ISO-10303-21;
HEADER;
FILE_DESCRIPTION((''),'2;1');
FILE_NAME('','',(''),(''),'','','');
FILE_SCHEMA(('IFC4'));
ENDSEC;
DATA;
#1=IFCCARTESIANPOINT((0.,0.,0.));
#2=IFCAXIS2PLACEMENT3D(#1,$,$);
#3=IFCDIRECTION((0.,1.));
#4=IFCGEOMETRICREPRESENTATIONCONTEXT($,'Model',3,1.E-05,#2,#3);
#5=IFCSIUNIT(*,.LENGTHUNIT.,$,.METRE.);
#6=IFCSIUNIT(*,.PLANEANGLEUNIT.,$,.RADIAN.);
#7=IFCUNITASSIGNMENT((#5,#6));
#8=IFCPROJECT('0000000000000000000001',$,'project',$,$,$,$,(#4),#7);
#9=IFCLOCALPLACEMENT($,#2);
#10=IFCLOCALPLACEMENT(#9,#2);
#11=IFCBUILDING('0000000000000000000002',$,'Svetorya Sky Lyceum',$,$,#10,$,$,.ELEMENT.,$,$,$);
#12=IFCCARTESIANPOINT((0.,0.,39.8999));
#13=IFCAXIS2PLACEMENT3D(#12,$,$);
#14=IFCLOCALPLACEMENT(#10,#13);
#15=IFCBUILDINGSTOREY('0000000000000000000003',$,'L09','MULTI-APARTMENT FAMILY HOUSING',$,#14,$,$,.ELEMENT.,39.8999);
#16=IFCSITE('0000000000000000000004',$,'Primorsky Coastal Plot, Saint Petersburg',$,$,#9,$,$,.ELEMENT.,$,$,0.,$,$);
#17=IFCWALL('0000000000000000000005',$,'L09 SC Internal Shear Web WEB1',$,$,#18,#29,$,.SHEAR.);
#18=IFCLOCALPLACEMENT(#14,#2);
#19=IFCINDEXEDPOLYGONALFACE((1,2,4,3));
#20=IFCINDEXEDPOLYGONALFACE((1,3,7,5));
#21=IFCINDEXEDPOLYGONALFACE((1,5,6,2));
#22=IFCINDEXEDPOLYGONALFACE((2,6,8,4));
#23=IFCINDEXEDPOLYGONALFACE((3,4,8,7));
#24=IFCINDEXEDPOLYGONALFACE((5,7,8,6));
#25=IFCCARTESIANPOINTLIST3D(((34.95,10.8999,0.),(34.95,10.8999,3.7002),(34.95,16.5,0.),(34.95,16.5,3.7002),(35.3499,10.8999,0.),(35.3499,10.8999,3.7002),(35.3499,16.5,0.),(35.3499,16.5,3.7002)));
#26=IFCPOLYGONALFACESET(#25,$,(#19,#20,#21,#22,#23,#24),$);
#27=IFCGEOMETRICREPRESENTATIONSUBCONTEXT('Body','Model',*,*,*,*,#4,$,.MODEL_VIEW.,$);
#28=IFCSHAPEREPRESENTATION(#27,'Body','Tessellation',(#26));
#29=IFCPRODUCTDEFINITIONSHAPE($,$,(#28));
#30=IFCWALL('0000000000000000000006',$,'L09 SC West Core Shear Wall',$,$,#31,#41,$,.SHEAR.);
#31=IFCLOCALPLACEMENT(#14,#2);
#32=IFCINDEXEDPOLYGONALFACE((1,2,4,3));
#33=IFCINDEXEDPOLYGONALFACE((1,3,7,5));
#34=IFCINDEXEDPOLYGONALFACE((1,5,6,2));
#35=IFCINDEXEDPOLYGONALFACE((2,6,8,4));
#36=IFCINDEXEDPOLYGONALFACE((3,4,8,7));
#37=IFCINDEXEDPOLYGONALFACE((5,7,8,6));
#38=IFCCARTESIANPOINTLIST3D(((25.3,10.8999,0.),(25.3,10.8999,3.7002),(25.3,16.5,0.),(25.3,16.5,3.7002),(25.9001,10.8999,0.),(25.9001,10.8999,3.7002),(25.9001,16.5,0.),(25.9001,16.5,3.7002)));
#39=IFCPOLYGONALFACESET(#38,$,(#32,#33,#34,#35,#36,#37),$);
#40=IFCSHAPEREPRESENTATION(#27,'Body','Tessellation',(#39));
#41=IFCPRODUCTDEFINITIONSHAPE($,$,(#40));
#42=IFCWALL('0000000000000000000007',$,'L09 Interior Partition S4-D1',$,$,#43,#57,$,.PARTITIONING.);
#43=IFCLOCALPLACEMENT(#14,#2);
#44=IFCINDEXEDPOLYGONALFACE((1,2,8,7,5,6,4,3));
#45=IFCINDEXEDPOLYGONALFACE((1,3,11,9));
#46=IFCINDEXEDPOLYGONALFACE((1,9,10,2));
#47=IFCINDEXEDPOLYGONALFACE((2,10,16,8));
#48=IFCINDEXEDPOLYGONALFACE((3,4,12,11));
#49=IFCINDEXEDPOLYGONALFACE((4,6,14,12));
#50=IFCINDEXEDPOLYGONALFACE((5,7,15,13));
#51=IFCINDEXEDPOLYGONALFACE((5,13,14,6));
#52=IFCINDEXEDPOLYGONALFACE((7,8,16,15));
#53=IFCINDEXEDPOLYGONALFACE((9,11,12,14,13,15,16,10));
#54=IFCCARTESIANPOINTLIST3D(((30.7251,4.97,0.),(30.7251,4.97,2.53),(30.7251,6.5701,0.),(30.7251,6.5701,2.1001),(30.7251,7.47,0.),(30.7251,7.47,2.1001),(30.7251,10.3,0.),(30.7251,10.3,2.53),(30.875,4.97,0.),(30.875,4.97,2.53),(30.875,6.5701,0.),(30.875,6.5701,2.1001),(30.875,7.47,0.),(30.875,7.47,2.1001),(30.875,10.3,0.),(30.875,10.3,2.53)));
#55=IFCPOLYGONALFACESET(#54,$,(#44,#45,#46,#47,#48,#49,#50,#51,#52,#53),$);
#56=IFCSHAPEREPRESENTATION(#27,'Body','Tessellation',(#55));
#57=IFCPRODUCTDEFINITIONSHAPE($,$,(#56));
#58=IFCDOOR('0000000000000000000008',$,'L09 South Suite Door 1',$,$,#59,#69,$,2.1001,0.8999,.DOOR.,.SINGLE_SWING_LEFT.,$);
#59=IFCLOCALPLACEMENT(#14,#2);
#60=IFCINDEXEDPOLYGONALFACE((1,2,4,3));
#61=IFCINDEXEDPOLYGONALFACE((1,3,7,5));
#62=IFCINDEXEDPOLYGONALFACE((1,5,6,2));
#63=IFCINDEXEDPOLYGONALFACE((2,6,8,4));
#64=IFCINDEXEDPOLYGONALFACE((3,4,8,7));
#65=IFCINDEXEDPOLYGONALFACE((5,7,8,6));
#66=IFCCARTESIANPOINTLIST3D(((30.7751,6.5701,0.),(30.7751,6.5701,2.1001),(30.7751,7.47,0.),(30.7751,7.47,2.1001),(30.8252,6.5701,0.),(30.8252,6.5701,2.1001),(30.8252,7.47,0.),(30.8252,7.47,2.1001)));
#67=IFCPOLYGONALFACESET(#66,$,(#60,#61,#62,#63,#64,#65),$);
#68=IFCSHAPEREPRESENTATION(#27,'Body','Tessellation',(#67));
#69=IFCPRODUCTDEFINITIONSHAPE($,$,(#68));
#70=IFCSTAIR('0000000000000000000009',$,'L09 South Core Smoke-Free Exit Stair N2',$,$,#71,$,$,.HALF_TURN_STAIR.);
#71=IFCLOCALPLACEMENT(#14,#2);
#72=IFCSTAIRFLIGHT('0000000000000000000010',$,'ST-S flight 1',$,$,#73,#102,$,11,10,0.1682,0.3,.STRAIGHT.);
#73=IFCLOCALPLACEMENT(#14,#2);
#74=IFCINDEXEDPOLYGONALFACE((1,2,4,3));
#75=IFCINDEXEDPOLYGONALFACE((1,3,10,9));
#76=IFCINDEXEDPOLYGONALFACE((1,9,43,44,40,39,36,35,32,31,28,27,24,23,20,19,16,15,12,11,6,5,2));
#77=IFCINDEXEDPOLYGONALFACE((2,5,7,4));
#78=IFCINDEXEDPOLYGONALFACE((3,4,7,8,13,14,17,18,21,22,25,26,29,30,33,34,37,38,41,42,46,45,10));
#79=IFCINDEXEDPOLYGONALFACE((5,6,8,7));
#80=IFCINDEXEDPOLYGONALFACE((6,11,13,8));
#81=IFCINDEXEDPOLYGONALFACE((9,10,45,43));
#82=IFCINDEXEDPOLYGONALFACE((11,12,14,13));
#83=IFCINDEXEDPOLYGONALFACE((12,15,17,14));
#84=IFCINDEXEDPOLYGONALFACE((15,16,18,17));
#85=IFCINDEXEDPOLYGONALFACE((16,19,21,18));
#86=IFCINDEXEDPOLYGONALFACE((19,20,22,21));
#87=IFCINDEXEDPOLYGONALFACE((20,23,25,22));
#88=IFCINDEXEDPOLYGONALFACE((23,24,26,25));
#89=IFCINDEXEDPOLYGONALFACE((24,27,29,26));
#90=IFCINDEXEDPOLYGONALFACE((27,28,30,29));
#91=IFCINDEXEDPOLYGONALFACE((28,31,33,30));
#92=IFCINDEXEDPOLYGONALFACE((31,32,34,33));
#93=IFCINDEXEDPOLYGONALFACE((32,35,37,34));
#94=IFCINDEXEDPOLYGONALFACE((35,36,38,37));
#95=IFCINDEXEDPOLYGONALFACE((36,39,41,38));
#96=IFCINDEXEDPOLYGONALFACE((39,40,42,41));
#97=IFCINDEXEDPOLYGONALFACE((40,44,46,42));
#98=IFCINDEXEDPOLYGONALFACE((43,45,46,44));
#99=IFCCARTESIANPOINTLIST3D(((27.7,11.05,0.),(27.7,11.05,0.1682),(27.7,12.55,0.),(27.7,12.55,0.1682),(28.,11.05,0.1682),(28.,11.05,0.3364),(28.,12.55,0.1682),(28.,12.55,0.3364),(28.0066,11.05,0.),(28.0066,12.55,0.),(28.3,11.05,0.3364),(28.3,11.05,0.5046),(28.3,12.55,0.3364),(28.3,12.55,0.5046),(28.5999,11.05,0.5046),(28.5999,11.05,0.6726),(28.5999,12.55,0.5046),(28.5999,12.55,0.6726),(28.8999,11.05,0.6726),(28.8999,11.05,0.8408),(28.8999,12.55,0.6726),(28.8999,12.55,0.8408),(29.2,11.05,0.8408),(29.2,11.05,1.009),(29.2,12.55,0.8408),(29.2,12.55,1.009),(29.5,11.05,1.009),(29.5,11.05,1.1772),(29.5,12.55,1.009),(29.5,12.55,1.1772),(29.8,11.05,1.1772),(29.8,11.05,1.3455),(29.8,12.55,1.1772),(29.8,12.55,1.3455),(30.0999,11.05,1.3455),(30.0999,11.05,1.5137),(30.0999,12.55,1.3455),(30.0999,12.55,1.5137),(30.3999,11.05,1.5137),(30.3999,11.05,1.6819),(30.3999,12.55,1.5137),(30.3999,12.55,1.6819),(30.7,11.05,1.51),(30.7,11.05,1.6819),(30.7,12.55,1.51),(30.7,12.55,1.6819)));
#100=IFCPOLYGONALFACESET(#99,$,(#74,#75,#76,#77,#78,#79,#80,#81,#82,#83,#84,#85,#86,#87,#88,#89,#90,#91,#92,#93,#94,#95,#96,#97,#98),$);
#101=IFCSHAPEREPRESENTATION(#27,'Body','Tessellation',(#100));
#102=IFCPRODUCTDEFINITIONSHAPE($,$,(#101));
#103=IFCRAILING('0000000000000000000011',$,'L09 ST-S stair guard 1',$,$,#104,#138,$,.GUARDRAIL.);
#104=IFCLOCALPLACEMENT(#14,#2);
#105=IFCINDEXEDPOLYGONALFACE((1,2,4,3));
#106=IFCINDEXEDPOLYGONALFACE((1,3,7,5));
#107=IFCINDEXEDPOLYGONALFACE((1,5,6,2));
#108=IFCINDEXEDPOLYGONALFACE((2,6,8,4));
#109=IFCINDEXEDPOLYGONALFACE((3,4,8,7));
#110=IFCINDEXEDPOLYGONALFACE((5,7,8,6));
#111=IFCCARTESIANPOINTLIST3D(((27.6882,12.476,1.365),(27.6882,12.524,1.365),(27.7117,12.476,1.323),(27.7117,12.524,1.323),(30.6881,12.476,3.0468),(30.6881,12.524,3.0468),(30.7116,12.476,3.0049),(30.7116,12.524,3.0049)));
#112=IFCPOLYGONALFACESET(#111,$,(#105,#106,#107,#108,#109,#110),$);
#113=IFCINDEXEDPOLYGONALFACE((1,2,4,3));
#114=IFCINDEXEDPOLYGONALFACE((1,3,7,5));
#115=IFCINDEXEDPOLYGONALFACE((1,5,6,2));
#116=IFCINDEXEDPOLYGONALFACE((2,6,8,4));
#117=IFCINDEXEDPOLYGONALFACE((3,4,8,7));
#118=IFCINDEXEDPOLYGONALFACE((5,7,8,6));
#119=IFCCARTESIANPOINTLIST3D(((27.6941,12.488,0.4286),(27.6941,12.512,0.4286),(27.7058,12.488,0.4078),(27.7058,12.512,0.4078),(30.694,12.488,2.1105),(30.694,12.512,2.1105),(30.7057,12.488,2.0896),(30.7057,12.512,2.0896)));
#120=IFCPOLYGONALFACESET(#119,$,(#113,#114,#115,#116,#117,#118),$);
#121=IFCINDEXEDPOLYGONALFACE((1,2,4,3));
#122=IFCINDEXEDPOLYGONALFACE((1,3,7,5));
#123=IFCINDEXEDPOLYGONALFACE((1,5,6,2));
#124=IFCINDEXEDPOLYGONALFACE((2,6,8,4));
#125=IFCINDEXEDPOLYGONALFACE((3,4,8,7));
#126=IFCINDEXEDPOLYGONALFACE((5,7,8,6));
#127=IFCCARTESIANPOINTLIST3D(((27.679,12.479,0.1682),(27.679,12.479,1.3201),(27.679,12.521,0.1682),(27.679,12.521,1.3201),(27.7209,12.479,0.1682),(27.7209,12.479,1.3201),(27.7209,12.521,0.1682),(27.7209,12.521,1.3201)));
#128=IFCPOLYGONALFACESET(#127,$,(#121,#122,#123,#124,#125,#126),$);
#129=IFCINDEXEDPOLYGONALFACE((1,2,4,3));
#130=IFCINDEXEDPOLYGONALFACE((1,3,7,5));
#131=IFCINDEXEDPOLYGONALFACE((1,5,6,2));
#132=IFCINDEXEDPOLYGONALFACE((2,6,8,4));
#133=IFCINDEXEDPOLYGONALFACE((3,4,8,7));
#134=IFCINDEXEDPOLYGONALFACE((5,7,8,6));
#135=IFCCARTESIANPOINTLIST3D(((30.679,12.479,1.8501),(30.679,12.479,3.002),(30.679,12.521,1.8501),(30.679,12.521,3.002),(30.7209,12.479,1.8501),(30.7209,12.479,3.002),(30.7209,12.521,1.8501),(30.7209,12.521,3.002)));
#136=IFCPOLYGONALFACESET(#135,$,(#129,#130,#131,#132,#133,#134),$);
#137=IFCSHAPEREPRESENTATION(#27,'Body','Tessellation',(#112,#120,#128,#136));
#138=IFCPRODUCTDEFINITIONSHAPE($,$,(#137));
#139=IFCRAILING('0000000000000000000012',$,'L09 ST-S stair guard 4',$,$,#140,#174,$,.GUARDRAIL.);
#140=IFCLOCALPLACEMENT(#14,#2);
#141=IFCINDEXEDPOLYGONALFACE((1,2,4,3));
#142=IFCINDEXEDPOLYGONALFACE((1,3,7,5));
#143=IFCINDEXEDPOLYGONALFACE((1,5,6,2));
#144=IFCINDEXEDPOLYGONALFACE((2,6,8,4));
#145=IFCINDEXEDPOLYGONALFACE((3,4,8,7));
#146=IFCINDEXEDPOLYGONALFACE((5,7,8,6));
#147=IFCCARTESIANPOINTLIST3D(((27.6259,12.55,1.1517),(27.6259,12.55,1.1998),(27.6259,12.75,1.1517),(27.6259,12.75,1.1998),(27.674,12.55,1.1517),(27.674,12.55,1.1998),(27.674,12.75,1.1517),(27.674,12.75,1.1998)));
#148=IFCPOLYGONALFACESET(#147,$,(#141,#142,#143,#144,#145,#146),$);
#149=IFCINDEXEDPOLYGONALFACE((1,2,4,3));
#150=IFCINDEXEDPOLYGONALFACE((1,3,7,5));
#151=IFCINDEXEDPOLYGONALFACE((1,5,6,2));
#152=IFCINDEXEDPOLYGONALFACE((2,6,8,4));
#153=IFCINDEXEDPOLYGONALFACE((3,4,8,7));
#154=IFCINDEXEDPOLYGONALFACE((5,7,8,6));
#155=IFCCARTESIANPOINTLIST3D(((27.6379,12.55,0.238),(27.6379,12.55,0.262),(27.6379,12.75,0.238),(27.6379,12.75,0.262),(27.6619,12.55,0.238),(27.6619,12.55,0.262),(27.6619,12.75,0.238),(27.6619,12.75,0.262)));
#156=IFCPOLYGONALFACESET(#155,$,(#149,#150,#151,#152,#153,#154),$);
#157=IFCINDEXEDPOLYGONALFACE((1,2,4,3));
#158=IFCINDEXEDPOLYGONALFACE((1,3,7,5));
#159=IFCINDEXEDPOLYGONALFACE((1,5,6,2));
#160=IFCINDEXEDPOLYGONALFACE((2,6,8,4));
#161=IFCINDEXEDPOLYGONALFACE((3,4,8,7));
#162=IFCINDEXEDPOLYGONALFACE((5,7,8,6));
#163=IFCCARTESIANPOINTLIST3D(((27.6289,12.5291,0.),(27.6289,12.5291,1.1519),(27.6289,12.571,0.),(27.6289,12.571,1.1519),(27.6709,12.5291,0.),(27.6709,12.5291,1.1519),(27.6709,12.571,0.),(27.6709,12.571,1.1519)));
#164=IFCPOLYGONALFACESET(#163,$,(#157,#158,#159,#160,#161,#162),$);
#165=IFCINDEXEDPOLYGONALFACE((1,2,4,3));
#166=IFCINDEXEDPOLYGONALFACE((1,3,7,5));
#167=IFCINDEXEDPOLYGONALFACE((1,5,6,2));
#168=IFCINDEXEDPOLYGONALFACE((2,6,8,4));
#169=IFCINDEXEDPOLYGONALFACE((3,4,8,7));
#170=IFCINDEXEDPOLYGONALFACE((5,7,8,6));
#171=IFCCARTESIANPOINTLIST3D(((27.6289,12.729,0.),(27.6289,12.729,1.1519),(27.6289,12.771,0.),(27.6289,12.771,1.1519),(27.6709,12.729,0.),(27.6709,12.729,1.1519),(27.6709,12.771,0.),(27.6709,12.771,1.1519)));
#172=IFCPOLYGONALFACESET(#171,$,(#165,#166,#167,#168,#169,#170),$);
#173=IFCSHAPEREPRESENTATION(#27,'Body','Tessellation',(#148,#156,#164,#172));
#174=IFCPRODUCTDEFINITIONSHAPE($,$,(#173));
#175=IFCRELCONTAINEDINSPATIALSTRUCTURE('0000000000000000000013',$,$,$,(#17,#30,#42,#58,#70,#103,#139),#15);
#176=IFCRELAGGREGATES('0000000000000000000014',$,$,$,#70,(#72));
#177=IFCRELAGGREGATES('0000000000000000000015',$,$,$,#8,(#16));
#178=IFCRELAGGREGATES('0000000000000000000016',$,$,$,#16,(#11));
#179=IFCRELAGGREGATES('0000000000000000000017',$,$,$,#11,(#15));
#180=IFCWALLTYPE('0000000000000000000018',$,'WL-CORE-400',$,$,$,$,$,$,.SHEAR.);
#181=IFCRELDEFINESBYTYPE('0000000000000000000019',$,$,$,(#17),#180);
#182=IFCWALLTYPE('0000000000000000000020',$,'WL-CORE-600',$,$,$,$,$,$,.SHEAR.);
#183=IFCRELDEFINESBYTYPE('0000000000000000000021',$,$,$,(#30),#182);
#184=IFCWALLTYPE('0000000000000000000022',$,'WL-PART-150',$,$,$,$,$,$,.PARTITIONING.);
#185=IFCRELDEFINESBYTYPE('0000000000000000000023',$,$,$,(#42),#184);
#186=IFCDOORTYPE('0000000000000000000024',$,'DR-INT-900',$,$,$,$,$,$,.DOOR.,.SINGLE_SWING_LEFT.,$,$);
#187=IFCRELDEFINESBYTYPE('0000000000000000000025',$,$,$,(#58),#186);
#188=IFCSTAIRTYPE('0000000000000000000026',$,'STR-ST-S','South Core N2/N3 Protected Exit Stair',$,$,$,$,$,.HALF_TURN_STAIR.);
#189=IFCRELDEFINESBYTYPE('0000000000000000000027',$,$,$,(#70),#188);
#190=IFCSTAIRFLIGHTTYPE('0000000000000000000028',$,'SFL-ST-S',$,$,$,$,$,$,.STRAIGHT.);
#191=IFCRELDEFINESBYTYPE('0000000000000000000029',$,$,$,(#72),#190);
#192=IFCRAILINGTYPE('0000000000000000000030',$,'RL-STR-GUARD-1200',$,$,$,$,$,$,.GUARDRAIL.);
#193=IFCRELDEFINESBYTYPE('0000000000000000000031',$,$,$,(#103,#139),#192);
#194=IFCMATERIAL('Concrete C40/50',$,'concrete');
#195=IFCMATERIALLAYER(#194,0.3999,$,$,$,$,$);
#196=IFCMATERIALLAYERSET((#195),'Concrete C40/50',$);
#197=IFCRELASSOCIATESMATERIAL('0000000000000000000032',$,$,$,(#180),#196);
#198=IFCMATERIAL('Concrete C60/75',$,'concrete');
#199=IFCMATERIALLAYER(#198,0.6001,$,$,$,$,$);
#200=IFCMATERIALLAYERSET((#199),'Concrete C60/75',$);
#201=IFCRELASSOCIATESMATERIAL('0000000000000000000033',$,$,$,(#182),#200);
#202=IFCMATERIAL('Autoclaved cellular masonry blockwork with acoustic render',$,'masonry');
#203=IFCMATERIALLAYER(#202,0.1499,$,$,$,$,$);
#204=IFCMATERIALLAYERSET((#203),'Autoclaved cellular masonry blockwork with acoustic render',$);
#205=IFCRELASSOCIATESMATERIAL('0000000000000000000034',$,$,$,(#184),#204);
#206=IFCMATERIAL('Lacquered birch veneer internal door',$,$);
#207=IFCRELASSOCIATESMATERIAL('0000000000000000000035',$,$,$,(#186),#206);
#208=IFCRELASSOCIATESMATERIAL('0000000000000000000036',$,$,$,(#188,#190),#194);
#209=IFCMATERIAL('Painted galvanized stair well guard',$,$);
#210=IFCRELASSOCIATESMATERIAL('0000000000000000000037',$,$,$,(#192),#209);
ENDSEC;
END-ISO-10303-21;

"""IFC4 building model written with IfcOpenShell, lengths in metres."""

from ifc_helpers import new_model, si_unit, direction, frame, frame_2d, origin, origin_2d, place, context, subcontext, project, spatial, polyline, rectangle, outline, extrude, material, layer, layer_set, type_object, element, fill, aggregate, save


model = new_model("IFC4")

# Units and contexts
model_context = context("Model", 3, precision=1e-05, world=origin(), true_north=direction((0.0, 1.0)))
body_context = subcontext(model_context, "Body", "Model", "MODEL_VIEW")
ifc_project = project(units=[si_unit("LENGTHUNIT", "METRE"), si_unit("PLANEANGLEUNIT", "RADIAN")], contexts=[model_context])

# Site, building, storey
site_placement = place(None, origin())
site = spatial("IfcSite", under=ifc_project, at=site_placement, Name="Primorsky Coastal Plot, Saint Petersburg", CompositionType="ELEMENT", RefElevation=0.0)
building_placement = place(site_placement, origin())
building = spatial("IfcBuilding", under=site, at=building_placement, Name="Svetorya Sky Lyceum", CompositionType="ELEMENT")
storey_placement = place(building_placement, frame((0.0, 0.0, 39.8999)))
storey = spatial("IfcBuildingStorey", under=building, at=storey_placement, Name="L09", Description="MULTI-APARTMENT FAMILY HOUSING", CompositionType="ELEMENT", Elevation=39.8999)

# Shared definitions
ifc_material_1 = material(Name="Concrete C60/75", Category="concrete")

# Walls
ifc_material_2 = material(Name="Concrete C40/50", Category="concrete")
ifc_layer_1 = layer(ifc_material_2, 0.3999)
ifc_layer_set_1 = layer_set([ifc_layer_1], Name="Concrete C40/50")
wall_type_1 = type_object("IfcWallType", Name="WL-CORE-400", PredefinedType="SHEAR", material=ifc_layer_set_1)
wall_1_placement = place(storey_placement, frame((35.1499, 10.8999, 0.0), z_axis=(0.0, 0.0, 1.0), x_axis=(0.0, 1.0, 0.0)))
element("IfcWall", 1, at=wall_1_placement, inside=storey, type_object=wall_type_1, Name="L09 SC Internal Shear Web WEB1", PredefinedType="SHEAR", context=body_context, shape_type="SweptSolid", body=[
    extrude(rectangle(XDim=5.6001, YDim=0.3999, at=frame_2d((2.8, 0.0))), origin(), (0.0, 0.0, 1.0), 3.7002),
])
ifc_layer_2 = layer(ifc_material_1, 0.6001)
ifc_layer_set_2 = layer_set([ifc_layer_2], Name="Concrete C60/75")
wall_type_2 = type_object("IfcWallType", Name="WL-CORE-600", PredefinedType="SHEAR", material=ifc_layer_set_2)
wall_2_placement = place(storey_placement, frame((25.6001, 10.8999, 0.0), z_axis=(0.0, 0.0, 1.0), x_axis=(0.0, 1.0, 0.0)))
element("IfcWall", 2, at=wall_2_placement, inside=storey, type_object=wall_type_2, Name="L09 SC West Core Shear Wall", PredefinedType="SHEAR", context=body_context, shape_type="SweptSolid", body=[
    extrude(rectangle(XDim=5.6001, YDim=0.6001, at=frame_2d((2.8, 0.0))), origin(), (0.0, 0.0, 1.0), 3.7002),
])

# Wall, opening, door
ifc_material_3 = material(Name="Autoclaved cellular masonry blockwork with acoustic render", Category="masonry")
ifc_layer_3 = layer(ifc_material_3, 0.1499)
ifc_layer_set_3 = layer_set([ifc_layer_3], Name="Autoclaved cellular masonry blockwork with acoustic render")
wall_type_3 = type_object("IfcWallType", Name="WL-PART-150", PredefinedType="PARTITIONING", material=ifc_layer_set_3)
wall_3_placement = place(storey_placement, frame((30.8, 4.97, 0.0), z_axis=(0.0, 0.0, 1.0), x_axis=(0.0, 1.0, 0.0)))
wall_3 = element("IfcWall", 3, at=wall_3_placement, inside=storey, type_object=wall_type_3, Name="L09 Interior Partition S4-D1", PredefinedType="PARTITIONING", context=body_context, shape_type="SweptSolid", body=[
    extrude(rectangle(XDim=5.3301, YDim=0.1499, at=frame_2d((2.665, 0.0))), origin(), (0.0, 0.0, 1.0), 2.53),
])
opening_placement = place(wall_3_placement, frame((1.6001, 0.0, 0.0)))
opening = element("IfcOpeningElement", 4, at=opening_placement, cuts=wall_3, PredefinedType="OPENING", context=body_context, shape_type="SweptSolid", body=[
    extrude(rectangle(XDim=0.8999, YDim=2.1001, at=frame_2d((0.45, 1.05))), frame((0.0, 0.085, 0.0), z_axis=(0.0, -1.0, 0.0), x_axis=(1.0, 0.0, 0.0)), (0.0, 0.0, 1.0), 0.1699),
])
ifc_material_4 = material(Name="Lacquered birch veneer internal door")
door_type = type_object("IfcDoorType", Name="DR-INT-900", OperationType="SINGLE_SWING_LEFT", PredefinedType="DOOR", material=ifc_material_4)
door_placement = place(opening_placement, origin())
door = element("IfcDoor", 5, at=door_placement, inside=storey, type_object=door_type, Name="L09 South Suite Door 1", OperationType="SINGLE_SWING_LEFT", OverallHeight=2.1001, OverallWidth=0.8999, PredefinedType="DOOR", context=body_context, shape_type="SweptSolid", body=[
    extrude(rectangle(XDim=0.8999, YDim=2.1001, at=frame_2d((0.45, 1.05))), frame((0.0, 0.0249, 0.0), z_axis=(0.0, -1.0, 0.0), x_axis=(1.0, 0.0, 0.0)), (0.0, 0.0, 1.0), 0.05),
])
fill(opening, door)

# Stair, stair flight
stair_type = type_object("IfcStairType", Name="STR-ST-S", Description="South Core N2/N3 Protected Exit Stair", PredefinedType="HALF_TURN_STAIR", material=ifc_material_2)
stair_placement = place(storey_placement, origin())
stair = element("IfcStair", 6, at=stair_placement, inside=storey, type_object=stair_type, Name="L09 South Core Smoke-Free Exit Stair N2", PredefinedType="HALF_TURN_STAIR")
stair_flight_type = type_object("IfcStairFlightType", Name="SFL-ST-S", PredefinedType="STRAIGHT", material=ifc_material_2)
stair_flight_placement = place(storey_placement, frame((27.7, 11.8, 0.0), z_axis=(0.0, 0.0, 1.0), x_axis=(1.0, 0.0, 0.0)))
stair_flight = element("IfcStairFlight", 7, at=stair_flight_placement, type_object=stair_flight_type, Name="ST-S flight 1", NumberOfRisers=11, NumberOfTreads=10, PredefinedType="STRAIGHT", RiserHeight=0.1682, TreadLength=0.3, context=body_context, shape_type="SweptSolid", body=[
    extrude(outline(polyline([(0.0, 0.0), (0.0, 0.1682), (0.3, 0.1682), (0.3, 0.3364), (0.6001, 0.3364), (0.6001, 0.5046), (0.8999, 0.5046), (0.8999, 0.6726), (1.2, 0.6726), (1.2, 0.8408), (1.5, 0.8408), (1.5, 1.009), (1.8, 1.009), (1.8, 1.1772), (2.1001, 1.1772), (2.1001, 1.3455), (2.3999, 1.3455), (2.3999, 1.5137), (2.7, 1.5137), (2.7, 1.6819), (3.0, 1.6819), (3.0, 1.8501), (3.0, 1.51), (0.3066, 0.0), (0.0, 0.0)])), frame((0.0, 0.75, 0.0), z_axis=(0.0, -1.0, 0.0), x_axis=(1.0, 0.0, 0.0)), (0.0, 0.0, 1.0), 1.5),
])
aggregate(stair, [stair_flight])

# Railings
ifc_material_5 = material(Name="Painted galvanized stair well guard")
railing_type_1 = type_object("IfcRailingType", Name="RL-STR-GUARD-1200", PredefinedType="GUARDRAIL", material=ifc_material_5)
railing_1_placement = place(storey_placement, frame((27.7, 12.5, 0.1682)))
element("IfcRailing", 8, at=railing_1_placement, inside=storey, type_object=railing_type_1, Name="L09 ST-S stair guard 1", PredefinedType="GUARDRAIL", context=body_context, shape_type="SweptSolid", body=[
    extrude(rectangle(XDim=0.0481, YDim=0.0481, at=origin_2d()), frame((0.0, 0.0, 1.1758), z_axis=(0.872272, 0.0, 0.48902), x_axis=(0.0, 1.0, 0.0)), (0.0, 0.0, 1.0), 3.4392),
    extrude(rectangle(XDim=0.0239, YDim=0.0239, at=origin_2d()), frame((0.0, 0.0, 0.25), z_axis=(0.872272, 0.0, 0.48902), x_axis=(0.0, 1.0, 0.0)), (0.0, 0.0, 1.0), 3.4392),
    extrude(rectangle(XDim=0.042, YDim=0.042, at=origin_2d()), origin(), (0.0, 0.0, 1.0), 1.1519),
    extrude(rectangle(XDim=0.042, YDim=0.042, at=origin_2d()), frame((3.0, 0.0, 1.6819)), (0.0, 0.0, 1.0), 1.1519),
])
railing_2_placement = place(storey_placement, frame((27.6499, 12.55, 0.0)))
element("IfcRailing", 9, at=railing_2_placement, inside=storey, type_object=railing_type_1, Name="L09 ST-S stair guard 4", PredefinedType="GUARDRAIL", context=body_context, shape_type="SweptSolid", body=[
    extrude(rectangle(XDim=0.0481, YDim=0.0481, at=origin_2d()), frame((0.0, 0.0, 1.1758), z_axis=(0.0, 1.0, 0.0), x_axis=(-1.0, 0.0, 0.0)), (0.0, 0.0, 1.0), 0.2),
    extrude(rectangle(XDim=0.0239, YDim=0.0239, at=origin_2d()), frame((0.0, 0.0, 0.25), z_axis=(0.0, 1.0, 0.0), x_axis=(-1.0, 0.0, 0.0)), (0.0, 0.0, 1.0), 0.2),
    extrude(rectangle(XDim=0.042, YDim=0.042, at=origin_2d()), origin(), (0.0, 0.0, 1.0), 1.1519),
    extrude(rectangle(XDim=0.042, YDim=0.042, at=origin_2d()), frame((0.0, 0.2, 0.0)), (0.0, 0.0, 1.0), 1.1519),
])

save(model, "model.ifc")
